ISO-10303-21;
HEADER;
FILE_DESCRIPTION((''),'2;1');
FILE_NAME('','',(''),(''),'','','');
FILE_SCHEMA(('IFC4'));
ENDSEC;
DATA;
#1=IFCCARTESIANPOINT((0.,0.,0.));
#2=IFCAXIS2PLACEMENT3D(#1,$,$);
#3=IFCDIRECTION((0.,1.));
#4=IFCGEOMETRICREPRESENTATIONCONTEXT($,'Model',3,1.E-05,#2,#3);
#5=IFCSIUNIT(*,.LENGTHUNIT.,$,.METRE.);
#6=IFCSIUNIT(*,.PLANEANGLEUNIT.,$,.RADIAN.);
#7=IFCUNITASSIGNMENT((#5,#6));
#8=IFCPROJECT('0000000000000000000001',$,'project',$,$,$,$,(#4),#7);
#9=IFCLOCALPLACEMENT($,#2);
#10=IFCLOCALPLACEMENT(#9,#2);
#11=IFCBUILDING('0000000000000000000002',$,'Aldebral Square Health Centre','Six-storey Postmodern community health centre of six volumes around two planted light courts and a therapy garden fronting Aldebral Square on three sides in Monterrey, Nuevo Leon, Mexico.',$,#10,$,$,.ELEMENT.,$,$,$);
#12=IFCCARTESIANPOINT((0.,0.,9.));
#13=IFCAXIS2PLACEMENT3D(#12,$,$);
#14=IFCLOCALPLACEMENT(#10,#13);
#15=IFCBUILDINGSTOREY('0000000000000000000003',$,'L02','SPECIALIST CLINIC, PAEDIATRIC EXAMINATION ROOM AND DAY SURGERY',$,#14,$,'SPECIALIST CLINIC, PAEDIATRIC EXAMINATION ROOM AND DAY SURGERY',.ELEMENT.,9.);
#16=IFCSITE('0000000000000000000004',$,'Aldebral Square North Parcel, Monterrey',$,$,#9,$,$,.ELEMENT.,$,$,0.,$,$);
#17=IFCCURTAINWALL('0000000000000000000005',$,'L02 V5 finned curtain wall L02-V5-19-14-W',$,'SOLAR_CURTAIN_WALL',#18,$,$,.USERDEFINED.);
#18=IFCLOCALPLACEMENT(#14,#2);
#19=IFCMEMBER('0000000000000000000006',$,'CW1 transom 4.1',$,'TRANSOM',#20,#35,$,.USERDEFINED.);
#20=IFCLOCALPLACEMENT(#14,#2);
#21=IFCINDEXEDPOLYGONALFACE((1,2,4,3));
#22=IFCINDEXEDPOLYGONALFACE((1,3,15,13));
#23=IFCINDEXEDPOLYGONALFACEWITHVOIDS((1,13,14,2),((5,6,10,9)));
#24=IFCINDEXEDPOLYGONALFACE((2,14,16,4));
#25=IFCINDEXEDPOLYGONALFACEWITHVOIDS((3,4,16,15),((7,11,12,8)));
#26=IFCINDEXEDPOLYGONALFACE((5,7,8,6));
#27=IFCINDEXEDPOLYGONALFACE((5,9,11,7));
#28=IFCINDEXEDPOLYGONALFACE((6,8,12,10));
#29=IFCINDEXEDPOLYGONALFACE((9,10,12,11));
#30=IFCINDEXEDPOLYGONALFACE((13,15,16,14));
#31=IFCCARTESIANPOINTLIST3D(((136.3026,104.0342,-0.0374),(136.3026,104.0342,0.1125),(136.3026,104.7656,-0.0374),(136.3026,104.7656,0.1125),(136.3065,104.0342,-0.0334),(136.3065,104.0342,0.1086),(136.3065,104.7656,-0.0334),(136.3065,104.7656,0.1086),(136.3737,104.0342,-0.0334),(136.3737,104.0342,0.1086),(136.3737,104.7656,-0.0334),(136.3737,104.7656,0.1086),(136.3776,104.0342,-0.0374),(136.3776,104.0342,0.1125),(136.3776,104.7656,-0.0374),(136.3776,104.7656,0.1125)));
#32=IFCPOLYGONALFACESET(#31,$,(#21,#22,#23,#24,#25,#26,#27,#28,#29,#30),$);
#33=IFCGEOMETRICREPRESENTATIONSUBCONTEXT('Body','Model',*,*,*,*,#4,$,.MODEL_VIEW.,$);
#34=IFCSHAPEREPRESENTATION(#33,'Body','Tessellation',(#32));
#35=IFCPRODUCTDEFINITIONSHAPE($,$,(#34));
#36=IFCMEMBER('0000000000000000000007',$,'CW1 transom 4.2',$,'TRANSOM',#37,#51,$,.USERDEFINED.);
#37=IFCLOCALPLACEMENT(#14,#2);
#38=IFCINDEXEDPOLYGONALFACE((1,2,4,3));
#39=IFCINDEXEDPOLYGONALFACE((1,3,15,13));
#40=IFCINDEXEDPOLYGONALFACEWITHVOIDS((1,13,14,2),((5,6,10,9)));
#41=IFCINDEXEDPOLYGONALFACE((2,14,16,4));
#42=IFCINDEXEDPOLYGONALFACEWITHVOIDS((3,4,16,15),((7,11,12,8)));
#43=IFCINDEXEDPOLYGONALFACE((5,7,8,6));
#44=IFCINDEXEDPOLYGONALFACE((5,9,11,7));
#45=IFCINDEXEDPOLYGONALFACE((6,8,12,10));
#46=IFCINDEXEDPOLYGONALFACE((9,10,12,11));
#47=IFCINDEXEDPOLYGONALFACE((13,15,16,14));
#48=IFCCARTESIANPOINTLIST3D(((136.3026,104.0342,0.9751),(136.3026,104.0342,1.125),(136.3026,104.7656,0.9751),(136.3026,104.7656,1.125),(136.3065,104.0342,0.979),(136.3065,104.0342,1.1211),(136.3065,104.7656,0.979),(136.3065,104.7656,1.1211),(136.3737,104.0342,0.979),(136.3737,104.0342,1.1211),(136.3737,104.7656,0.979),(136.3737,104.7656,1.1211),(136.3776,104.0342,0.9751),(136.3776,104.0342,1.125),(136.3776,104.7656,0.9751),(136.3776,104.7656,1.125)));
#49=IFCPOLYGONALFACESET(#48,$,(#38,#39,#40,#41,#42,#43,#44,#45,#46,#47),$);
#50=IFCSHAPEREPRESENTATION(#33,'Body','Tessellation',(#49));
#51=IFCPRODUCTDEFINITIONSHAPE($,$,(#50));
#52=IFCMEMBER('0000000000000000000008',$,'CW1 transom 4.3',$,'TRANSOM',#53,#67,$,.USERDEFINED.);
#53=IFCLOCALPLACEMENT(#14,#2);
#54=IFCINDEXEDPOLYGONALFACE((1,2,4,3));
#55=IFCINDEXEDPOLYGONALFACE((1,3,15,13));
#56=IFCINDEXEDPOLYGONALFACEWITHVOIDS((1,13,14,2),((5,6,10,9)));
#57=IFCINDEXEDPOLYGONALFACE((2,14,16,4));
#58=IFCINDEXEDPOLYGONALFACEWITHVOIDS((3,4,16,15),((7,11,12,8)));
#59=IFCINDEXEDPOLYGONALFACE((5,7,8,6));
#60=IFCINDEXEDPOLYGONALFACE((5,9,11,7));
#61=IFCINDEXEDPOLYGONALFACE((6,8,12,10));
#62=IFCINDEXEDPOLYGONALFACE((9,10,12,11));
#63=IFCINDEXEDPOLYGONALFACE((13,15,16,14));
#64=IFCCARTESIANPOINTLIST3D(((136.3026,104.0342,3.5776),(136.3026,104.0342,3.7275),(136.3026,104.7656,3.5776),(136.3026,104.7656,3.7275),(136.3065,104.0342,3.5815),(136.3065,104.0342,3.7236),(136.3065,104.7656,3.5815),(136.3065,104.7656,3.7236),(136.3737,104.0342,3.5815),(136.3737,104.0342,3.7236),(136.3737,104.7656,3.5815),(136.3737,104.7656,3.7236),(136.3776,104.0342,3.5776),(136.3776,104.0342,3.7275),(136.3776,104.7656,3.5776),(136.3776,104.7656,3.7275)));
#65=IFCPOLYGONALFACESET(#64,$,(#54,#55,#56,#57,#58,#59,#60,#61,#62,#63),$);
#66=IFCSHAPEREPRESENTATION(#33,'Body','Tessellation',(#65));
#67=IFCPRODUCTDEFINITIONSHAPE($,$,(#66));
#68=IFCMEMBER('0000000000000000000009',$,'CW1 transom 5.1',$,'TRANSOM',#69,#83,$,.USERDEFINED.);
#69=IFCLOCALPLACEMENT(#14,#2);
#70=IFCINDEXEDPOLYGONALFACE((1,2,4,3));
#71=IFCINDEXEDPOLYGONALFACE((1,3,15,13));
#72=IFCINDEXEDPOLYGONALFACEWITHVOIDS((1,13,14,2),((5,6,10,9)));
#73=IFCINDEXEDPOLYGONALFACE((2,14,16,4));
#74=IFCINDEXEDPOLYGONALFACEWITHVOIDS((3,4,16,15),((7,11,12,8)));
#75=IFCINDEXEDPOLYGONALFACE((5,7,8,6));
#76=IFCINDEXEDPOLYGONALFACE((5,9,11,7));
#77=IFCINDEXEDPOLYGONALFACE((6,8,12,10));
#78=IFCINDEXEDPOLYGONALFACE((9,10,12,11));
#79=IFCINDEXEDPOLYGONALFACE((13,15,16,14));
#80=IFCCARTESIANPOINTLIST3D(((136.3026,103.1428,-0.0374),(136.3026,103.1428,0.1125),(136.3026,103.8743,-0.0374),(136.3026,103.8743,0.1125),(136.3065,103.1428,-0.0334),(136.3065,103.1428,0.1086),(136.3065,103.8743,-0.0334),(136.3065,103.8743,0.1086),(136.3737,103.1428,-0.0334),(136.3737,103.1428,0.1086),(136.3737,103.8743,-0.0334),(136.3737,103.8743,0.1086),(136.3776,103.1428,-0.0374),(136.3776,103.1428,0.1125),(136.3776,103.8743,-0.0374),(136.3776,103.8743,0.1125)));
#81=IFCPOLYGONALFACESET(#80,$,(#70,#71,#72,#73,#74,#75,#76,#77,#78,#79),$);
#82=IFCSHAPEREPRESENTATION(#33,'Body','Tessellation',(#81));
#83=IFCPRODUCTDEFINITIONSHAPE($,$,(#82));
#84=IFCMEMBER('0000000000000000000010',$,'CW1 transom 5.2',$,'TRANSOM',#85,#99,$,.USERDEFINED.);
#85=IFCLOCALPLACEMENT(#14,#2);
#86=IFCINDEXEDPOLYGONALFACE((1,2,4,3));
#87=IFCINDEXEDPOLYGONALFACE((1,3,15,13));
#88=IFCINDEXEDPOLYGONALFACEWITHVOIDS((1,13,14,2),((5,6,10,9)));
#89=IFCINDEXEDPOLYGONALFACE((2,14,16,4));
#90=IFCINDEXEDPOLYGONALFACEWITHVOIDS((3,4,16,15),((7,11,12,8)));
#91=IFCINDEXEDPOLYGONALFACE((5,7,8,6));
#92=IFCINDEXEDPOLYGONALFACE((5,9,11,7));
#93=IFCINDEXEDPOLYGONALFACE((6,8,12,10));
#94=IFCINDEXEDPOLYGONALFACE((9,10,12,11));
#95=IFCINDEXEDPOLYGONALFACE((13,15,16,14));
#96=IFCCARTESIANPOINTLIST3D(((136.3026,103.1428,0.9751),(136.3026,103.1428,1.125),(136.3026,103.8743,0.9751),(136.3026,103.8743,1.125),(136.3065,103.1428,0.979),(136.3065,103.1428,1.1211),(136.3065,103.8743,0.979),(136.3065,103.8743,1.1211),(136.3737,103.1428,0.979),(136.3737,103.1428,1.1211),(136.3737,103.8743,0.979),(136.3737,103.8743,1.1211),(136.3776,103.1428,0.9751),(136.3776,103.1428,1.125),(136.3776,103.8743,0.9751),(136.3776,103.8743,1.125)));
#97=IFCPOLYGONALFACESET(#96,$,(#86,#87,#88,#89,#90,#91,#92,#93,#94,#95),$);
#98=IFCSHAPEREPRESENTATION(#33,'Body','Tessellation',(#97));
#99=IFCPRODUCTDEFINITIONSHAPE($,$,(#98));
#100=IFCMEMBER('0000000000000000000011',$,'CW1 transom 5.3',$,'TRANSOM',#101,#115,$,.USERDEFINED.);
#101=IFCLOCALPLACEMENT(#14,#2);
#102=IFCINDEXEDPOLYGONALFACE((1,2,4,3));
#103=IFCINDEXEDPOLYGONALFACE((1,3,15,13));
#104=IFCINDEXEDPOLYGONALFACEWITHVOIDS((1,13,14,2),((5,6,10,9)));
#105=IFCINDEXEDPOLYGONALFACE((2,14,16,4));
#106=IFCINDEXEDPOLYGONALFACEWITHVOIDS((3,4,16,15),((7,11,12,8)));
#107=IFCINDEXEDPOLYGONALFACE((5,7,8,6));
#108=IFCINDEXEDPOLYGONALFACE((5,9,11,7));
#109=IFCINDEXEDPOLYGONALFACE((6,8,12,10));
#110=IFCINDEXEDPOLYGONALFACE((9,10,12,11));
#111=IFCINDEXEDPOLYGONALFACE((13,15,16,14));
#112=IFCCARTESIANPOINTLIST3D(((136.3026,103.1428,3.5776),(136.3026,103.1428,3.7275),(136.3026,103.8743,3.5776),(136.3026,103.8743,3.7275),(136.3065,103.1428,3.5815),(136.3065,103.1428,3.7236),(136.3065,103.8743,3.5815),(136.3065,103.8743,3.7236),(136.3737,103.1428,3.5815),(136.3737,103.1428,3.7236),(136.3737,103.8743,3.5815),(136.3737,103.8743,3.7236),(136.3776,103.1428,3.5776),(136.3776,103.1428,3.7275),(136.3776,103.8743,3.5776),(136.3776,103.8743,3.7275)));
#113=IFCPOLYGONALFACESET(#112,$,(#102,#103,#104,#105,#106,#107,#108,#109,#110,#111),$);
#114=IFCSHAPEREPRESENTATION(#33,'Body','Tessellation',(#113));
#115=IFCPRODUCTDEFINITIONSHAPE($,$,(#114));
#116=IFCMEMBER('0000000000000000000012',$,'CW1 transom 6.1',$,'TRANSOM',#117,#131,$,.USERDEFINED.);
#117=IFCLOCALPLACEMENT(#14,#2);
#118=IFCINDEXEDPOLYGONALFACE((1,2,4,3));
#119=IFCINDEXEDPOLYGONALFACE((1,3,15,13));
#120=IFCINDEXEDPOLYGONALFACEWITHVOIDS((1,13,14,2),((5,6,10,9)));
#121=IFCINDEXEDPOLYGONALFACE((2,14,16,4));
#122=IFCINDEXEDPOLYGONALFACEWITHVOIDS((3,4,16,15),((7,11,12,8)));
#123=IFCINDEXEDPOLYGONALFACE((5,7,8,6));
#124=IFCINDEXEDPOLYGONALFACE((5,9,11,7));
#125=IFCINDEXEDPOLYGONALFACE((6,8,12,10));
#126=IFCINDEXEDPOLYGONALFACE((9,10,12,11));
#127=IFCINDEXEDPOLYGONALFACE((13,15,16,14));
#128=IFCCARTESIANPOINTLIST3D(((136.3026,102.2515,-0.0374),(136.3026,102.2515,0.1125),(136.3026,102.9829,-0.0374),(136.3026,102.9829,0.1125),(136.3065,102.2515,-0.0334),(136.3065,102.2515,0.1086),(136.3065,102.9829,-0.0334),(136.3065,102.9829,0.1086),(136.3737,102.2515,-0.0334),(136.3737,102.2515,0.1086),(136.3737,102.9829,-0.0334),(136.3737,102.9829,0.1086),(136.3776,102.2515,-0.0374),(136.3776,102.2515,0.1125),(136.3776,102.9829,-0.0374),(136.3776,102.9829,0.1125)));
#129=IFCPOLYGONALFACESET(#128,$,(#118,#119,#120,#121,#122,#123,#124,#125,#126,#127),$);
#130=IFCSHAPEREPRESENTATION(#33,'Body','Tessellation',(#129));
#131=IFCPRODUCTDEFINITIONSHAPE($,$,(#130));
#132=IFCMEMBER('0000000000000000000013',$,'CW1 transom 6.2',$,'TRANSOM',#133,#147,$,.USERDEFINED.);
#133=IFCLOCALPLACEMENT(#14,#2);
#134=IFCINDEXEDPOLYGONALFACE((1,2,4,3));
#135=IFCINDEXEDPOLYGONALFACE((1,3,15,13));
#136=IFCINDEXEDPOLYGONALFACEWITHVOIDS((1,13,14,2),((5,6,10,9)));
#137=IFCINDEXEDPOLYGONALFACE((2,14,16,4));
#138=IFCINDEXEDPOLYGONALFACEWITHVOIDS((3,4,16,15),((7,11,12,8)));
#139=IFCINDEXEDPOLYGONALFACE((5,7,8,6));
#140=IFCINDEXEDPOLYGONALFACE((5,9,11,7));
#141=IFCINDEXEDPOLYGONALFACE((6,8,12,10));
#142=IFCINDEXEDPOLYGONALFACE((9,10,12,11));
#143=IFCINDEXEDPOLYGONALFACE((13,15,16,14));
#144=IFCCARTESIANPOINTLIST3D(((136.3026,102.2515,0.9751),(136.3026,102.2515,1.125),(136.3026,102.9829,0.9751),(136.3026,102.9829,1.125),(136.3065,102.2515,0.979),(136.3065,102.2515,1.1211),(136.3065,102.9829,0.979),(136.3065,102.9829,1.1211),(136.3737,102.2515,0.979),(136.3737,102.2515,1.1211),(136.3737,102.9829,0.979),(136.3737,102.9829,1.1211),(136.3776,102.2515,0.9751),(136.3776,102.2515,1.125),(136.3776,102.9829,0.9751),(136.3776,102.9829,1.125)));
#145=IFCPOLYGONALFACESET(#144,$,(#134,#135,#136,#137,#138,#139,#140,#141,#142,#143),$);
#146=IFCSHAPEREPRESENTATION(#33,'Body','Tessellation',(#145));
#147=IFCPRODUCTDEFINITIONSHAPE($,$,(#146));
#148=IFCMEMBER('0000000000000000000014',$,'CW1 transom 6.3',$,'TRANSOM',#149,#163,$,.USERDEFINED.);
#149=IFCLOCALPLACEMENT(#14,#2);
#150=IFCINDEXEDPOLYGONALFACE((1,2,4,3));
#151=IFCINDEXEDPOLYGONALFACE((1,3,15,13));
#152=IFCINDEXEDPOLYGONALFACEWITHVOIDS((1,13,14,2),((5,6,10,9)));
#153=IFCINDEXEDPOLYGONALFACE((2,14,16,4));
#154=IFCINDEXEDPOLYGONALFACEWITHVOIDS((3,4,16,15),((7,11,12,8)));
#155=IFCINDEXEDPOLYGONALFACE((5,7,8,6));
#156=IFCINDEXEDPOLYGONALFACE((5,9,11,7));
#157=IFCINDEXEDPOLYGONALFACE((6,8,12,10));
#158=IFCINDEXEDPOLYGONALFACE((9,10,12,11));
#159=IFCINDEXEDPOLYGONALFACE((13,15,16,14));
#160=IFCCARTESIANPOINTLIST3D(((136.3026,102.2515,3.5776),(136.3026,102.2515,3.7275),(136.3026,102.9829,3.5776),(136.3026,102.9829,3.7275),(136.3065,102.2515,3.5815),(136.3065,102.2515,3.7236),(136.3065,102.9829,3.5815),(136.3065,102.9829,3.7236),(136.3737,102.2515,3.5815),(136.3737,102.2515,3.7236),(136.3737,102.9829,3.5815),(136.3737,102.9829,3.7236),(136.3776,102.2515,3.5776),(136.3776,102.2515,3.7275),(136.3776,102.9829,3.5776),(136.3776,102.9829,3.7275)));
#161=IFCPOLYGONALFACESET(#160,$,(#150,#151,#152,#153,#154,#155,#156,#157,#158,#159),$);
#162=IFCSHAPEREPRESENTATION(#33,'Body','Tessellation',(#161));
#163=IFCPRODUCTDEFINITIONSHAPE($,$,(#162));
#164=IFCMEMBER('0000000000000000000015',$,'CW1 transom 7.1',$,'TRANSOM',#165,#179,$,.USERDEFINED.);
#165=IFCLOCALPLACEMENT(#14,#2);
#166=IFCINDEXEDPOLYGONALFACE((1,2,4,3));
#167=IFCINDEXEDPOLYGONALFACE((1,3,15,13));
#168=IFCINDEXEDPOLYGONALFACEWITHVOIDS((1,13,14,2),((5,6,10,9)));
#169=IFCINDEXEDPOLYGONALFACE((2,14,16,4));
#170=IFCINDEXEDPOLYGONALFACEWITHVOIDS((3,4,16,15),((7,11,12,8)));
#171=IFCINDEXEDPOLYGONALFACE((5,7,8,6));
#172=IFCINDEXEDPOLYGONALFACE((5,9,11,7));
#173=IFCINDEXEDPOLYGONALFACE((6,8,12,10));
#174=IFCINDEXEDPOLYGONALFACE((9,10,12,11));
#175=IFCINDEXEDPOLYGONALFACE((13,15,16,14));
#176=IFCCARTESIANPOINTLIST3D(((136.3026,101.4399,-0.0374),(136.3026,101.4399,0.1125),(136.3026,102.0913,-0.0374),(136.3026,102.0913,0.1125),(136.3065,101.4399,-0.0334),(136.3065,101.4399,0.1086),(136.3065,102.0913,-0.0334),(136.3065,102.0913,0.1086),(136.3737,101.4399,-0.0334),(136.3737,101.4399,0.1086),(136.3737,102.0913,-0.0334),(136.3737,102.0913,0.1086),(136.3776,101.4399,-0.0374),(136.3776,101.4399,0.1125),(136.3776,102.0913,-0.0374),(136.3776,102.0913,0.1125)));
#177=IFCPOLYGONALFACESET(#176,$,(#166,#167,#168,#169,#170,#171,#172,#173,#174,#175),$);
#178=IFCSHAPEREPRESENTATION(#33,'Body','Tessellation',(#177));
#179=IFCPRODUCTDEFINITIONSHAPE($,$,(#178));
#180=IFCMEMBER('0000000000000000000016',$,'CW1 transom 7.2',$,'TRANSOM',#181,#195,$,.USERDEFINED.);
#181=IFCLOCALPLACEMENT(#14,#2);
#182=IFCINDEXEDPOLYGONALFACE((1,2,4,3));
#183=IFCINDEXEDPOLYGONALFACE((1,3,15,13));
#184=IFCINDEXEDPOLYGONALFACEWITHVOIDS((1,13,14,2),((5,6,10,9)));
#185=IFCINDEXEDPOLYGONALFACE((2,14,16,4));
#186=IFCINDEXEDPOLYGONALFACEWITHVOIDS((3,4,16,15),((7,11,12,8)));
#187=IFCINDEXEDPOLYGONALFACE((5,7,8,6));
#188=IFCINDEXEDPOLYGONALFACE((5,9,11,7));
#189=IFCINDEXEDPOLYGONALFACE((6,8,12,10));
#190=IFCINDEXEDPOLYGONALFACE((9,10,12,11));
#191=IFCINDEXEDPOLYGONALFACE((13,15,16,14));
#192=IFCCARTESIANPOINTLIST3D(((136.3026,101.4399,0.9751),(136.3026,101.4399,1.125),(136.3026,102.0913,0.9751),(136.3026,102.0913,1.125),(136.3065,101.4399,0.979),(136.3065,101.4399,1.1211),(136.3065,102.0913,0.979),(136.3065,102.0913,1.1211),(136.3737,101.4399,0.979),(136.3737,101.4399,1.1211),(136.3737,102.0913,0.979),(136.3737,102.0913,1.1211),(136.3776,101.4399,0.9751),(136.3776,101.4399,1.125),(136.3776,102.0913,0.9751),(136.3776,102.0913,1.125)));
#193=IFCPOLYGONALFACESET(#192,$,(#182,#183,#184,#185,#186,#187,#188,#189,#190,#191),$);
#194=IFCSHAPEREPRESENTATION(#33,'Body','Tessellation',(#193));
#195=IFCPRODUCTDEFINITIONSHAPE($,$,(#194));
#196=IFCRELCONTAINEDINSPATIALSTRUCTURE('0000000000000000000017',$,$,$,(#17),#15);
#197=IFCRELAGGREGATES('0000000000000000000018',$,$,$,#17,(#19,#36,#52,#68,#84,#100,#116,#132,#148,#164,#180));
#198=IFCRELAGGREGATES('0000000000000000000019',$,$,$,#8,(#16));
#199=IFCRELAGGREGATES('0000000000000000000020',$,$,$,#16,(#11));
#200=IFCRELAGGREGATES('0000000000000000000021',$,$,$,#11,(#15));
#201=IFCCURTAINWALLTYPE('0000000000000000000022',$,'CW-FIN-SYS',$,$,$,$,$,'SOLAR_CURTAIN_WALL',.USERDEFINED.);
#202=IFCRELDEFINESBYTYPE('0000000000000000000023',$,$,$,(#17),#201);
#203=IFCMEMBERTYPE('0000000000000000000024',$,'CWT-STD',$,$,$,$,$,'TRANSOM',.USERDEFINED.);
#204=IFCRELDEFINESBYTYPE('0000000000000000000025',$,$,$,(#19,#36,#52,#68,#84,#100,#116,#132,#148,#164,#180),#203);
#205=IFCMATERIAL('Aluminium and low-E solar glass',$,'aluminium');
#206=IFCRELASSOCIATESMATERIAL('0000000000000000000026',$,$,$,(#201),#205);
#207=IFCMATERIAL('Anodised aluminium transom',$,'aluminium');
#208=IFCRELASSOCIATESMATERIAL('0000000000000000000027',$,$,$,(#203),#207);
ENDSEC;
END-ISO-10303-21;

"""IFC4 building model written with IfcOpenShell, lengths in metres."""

from ifc_helpers import new_model, si_unit, direction, frame, origin, origin_2d, place, context, subcontext, project, spatial, hollow_rectangle, extrude, material, material_profile, profile_set, type_object, element, aggregate, save


model = new_model("IFC4")

# Units and contexts
model_context = context("Model", 3, precision=1e-05, world=origin(), true_north=direction((0.0, 1.0)))
body_context = subcontext(model_context, "Body", "Model", "MODEL_VIEW")
ifc_project = project(units=[si_unit("LENGTHUNIT", "METRE"), si_unit("PLANEANGLEUNIT", "RADIAN")], contexts=[model_context])

# Site, building, storey
site_placement = place(None, origin())
site = spatial("IfcSite", under=ifc_project, at=site_placement, Name="Aldebral Square North Parcel, Monterrey", CompositionType="ELEMENT", RefElevation=0.0)
building_placement = place(site_placement, origin())
building = spatial("IfcBuilding", under=site, at=building_placement, Name="Aldebral Square Health Centre", Description="Six-storey Postmodern community health centre of six volumes around two planted light courts and a therapy garden fronting Aldebral Square on three sides in Monterrey, Nuevo Leon, Mexico.", CompositionType="ELEMENT")
storey_placement = place(building_placement, frame((0.0, 0.0, 9.0)))
storey = spatial("IfcBuildingStorey", under=building, at=storey_placement, Name="L02", Description="SPECIALIST CLINIC, PAEDIATRIC EXAMINATION ROOM AND DAY SURGERY", LongName="SPECIALIST CLINIC, PAEDIATRIC EXAMINATION ROOM AND DAY SURGERY", CompositionType="ELEMENT", Elevation=9.0)

# Curtain wall, members
ifc_material_1 = material(Name="Aluminium and low-E solar glass", Category="aluminium")
curtain_wall_type = type_object("IfcCurtainWallType", Name="CW-FIN-SYS", ElementType="SOLAR_CURTAIN_WALL", PredefinedType="USERDEFINED", material=ifc_material_1)
curtain_wall_placement = place(storey_placement, origin())
curtain_wall = element("IfcCurtainWall", 1, at=curtain_wall_placement, inside=storey, type_object=curtain_wall_type, Name="L02 V5 finned curtain wall L02-V5-19-14-W", ObjectType="SOLAR_CURTAIN_WALL", PredefinedType="USERDEFINED")
ifc_material_2 = material(Name="Anodised aluminium transom", Category="aluminium")
ifc_material_profile_1 = material_profile(ifc_material_2, hollow_rectangle(XDim=0.075, YDim=0.1499, WallThickness=0.0039, at=origin_2d()), Name="CWT 75x150x4")
ifc_profile_set_1 = profile_set([ifc_material_profile_1], Name="Anodised aluminium transom")
member_type_1 = type_object("IfcMemberType", Name="CWT-STD", ElementType="TRANSOM", PredefinedType="USERDEFINED", material=ifc_profile_set_1)
member_1_placement = place(storey_placement, frame((136.3401, 104.7656, 0.0376), z_axis=(0.0, -1.0, 0.0), x_axis=(1.0, 0.0, 0.0)))
member_1 = element("IfcMember", 2, at=member_1_placement, type_object=member_type_1, Name="CW1 transom 4.1", ObjectType="TRANSOM", PredefinedType="USERDEFINED", context=body_context, shape_type="SweptSolid", body=[
    extrude(hollow_rectangle(XDim=0.075, YDim=0.1499, WallThickness=0.0039, at=origin_2d()), origin(), (0.0, 0.0, 1.0), 0.7314),
])
member_2_placement = place(storey_placement, frame((136.3401, 104.7656, 1.05), z_axis=(0.0, -1.0, 0.0), x_axis=(1.0, 0.0, 0.0)))
member_2 = element("IfcMember", 3, at=member_2_placement, type_object=member_type_1, Name="CW1 transom 4.2", ObjectType="TRANSOM", PredefinedType="USERDEFINED", context=body_context, shape_type="SweptSolid", body=[
    extrude(hollow_rectangle(XDim=0.075, YDim=0.1499, WallThickness=0.0039, at=origin_2d()), origin(), (0.0, 0.0, 1.0), 0.7314),
])
member_3_placement = place(storey_placement, frame((136.3401, 104.7656, 3.6526), z_axis=(0.0, -1.0, 0.0), x_axis=(1.0, 0.0, 0.0)))
member_3 = element("IfcMember", 4, at=member_3_placement, type_object=member_type_1, Name="CW1 transom 4.3", ObjectType="TRANSOM", PredefinedType="USERDEFINED", context=body_context, shape_type="SweptSolid", body=[
    extrude(hollow_rectangle(XDim=0.075, YDim=0.1499, WallThickness=0.0039, at=origin_2d()), origin(), (0.0, 0.0, 1.0), 0.7314),
])
member_4_placement = place(storey_placement, frame((136.3401, 103.8743, 0.0376), z_axis=(0.0, -1.0, 0.0), x_axis=(1.0, 0.0, 0.0)))
member_4 = element("IfcMember", 5, at=member_4_placement, type_object=member_type_1, Name="CW1 transom 5.1", ObjectType="TRANSOM", PredefinedType="USERDEFINED", context=body_context, shape_type="SweptSolid", body=[
    extrude(hollow_rectangle(XDim=0.075, YDim=0.1499, WallThickness=0.0039, at=origin_2d()), origin(), (0.0, 0.0, 1.0), 0.7314),
])
member_5_placement = place(storey_placement, frame((136.3401, 103.8743, 1.05), z_axis=(0.0, -1.0, 0.0), x_axis=(1.0, 0.0, 0.0)))
member_5 = element("IfcMember", 6, at=member_5_placement, type_object=member_type_1, Name="CW1 transom 5.2", ObjectType="TRANSOM", PredefinedType="USERDEFINED", context=body_context, shape_type="SweptSolid", body=[
    extrude(hollow_rectangle(XDim=0.075, YDim=0.1499, WallThickness=0.0039, at=origin_2d()), origin(), (0.0, 0.0, 1.0), 0.7314),
])
member_6_placement = place(storey_placement, frame((136.3401, 103.8743, 3.6526), z_axis=(0.0, -1.0, 0.0), x_axis=(1.0, 0.0, 0.0)))
member_6 = element("IfcMember", 7, at=member_6_placement, type_object=member_type_1, Name="CW1 transom 5.3", ObjectType="TRANSOM", PredefinedType="USERDEFINED", context=body_context, shape_type="SweptSolid", body=[
    extrude(hollow_rectangle(XDim=0.075, YDim=0.1499, WallThickness=0.0039, at=origin_2d()), origin(), (0.0, 0.0, 1.0), 0.7314),
])
member_7_placement = place(storey_placement, frame((136.3401, 102.9829, 0.0376), z_axis=(0.0, -1.0, 0.0), x_axis=(1.0, 0.0, 0.0)))
member_7 = element("IfcMember", 8, at=member_7_placement, type_object=member_type_1, Name="CW1 transom 6.1", ObjectType="TRANSOM", PredefinedType="USERDEFINED", context=body_context, shape_type="SweptSolid", body=[
    extrude(hollow_rectangle(XDim=0.075, YDim=0.1499, WallThickness=0.0039, at=origin_2d()), origin(), (0.0, 0.0, 1.0), 0.7314),
])
member_8_placement = place(storey_placement, frame((136.3401, 102.9829, 1.05), z_axis=(0.0, -1.0, 0.0), x_axis=(1.0, 0.0, 0.0)))
member_8 = element("IfcMember", 9, at=member_8_placement, type_object=member_type_1, Name="CW1 transom 6.2", ObjectType="TRANSOM", PredefinedType="USERDEFINED", context=body_context, shape_type="SweptSolid", body=[
    extrude(hollow_rectangle(XDim=0.075, YDim=0.1499, WallThickness=0.0039, at=origin_2d()), origin(), (0.0, 0.0, 1.0), 0.7314),
])
member_9_placement = place(storey_placement, frame((136.3401, 102.9829, 3.6526), z_axis=(0.0, -1.0, 0.0), x_axis=(1.0, 0.0, 0.0)))
member_9 = element("IfcMember", 10, at=member_9_placement, type_object=member_type_1, Name="CW1 transom 6.3", ObjectType="TRANSOM", PredefinedType="USERDEFINED", context=body_context, shape_type="SweptSolid", body=[
    extrude(hollow_rectangle(XDim=0.075, YDim=0.1499, WallThickness=0.0039, at=origin_2d()), origin(), (0.0, 0.0, 1.0), 0.7314),
])
member_10_placement = place(storey_placement, frame((136.3401, 102.0913, 0.0376), z_axis=(0.0, -1.0, 0.0), x_axis=(1.0, 0.0, 0.0)))
member_10 = element("IfcMember", 11, at=member_10_placement, type_object=member_type_1, Name="CW1 transom 7.1", ObjectType="TRANSOM", PredefinedType="USERDEFINED", context=body_context, shape_type="SweptSolid", body=[
    extrude(hollow_rectangle(XDim=0.075, YDim=0.1499, WallThickness=0.0039, at=origin_2d()), origin(), (0.0, 0.0, 1.0), 0.6514),
])
member_11_placement = place(storey_placement, frame((136.3401, 102.0913, 1.05), z_axis=(0.0, -1.0, 0.0), x_axis=(1.0, 0.0, 0.0)))
member_11 = element("IfcMember", 12, at=member_11_placement, type_object=member_type_1, Name="CW1 transom 7.2", ObjectType="TRANSOM", PredefinedType="USERDEFINED", context=body_context, shape_type="SweptSolid", body=[
    extrude(hollow_rectangle(XDim=0.075, YDim=0.1499, WallThickness=0.0039, at=origin_2d()), origin(), (0.0, 0.0, 1.0), 0.6514),
])
aggregate(curtain_wall, [member_1, member_2, member_3, member_4, member_5, member_6, member_7, member_8, member_9, member_10, member_11])

save(model, "model.ifc")
